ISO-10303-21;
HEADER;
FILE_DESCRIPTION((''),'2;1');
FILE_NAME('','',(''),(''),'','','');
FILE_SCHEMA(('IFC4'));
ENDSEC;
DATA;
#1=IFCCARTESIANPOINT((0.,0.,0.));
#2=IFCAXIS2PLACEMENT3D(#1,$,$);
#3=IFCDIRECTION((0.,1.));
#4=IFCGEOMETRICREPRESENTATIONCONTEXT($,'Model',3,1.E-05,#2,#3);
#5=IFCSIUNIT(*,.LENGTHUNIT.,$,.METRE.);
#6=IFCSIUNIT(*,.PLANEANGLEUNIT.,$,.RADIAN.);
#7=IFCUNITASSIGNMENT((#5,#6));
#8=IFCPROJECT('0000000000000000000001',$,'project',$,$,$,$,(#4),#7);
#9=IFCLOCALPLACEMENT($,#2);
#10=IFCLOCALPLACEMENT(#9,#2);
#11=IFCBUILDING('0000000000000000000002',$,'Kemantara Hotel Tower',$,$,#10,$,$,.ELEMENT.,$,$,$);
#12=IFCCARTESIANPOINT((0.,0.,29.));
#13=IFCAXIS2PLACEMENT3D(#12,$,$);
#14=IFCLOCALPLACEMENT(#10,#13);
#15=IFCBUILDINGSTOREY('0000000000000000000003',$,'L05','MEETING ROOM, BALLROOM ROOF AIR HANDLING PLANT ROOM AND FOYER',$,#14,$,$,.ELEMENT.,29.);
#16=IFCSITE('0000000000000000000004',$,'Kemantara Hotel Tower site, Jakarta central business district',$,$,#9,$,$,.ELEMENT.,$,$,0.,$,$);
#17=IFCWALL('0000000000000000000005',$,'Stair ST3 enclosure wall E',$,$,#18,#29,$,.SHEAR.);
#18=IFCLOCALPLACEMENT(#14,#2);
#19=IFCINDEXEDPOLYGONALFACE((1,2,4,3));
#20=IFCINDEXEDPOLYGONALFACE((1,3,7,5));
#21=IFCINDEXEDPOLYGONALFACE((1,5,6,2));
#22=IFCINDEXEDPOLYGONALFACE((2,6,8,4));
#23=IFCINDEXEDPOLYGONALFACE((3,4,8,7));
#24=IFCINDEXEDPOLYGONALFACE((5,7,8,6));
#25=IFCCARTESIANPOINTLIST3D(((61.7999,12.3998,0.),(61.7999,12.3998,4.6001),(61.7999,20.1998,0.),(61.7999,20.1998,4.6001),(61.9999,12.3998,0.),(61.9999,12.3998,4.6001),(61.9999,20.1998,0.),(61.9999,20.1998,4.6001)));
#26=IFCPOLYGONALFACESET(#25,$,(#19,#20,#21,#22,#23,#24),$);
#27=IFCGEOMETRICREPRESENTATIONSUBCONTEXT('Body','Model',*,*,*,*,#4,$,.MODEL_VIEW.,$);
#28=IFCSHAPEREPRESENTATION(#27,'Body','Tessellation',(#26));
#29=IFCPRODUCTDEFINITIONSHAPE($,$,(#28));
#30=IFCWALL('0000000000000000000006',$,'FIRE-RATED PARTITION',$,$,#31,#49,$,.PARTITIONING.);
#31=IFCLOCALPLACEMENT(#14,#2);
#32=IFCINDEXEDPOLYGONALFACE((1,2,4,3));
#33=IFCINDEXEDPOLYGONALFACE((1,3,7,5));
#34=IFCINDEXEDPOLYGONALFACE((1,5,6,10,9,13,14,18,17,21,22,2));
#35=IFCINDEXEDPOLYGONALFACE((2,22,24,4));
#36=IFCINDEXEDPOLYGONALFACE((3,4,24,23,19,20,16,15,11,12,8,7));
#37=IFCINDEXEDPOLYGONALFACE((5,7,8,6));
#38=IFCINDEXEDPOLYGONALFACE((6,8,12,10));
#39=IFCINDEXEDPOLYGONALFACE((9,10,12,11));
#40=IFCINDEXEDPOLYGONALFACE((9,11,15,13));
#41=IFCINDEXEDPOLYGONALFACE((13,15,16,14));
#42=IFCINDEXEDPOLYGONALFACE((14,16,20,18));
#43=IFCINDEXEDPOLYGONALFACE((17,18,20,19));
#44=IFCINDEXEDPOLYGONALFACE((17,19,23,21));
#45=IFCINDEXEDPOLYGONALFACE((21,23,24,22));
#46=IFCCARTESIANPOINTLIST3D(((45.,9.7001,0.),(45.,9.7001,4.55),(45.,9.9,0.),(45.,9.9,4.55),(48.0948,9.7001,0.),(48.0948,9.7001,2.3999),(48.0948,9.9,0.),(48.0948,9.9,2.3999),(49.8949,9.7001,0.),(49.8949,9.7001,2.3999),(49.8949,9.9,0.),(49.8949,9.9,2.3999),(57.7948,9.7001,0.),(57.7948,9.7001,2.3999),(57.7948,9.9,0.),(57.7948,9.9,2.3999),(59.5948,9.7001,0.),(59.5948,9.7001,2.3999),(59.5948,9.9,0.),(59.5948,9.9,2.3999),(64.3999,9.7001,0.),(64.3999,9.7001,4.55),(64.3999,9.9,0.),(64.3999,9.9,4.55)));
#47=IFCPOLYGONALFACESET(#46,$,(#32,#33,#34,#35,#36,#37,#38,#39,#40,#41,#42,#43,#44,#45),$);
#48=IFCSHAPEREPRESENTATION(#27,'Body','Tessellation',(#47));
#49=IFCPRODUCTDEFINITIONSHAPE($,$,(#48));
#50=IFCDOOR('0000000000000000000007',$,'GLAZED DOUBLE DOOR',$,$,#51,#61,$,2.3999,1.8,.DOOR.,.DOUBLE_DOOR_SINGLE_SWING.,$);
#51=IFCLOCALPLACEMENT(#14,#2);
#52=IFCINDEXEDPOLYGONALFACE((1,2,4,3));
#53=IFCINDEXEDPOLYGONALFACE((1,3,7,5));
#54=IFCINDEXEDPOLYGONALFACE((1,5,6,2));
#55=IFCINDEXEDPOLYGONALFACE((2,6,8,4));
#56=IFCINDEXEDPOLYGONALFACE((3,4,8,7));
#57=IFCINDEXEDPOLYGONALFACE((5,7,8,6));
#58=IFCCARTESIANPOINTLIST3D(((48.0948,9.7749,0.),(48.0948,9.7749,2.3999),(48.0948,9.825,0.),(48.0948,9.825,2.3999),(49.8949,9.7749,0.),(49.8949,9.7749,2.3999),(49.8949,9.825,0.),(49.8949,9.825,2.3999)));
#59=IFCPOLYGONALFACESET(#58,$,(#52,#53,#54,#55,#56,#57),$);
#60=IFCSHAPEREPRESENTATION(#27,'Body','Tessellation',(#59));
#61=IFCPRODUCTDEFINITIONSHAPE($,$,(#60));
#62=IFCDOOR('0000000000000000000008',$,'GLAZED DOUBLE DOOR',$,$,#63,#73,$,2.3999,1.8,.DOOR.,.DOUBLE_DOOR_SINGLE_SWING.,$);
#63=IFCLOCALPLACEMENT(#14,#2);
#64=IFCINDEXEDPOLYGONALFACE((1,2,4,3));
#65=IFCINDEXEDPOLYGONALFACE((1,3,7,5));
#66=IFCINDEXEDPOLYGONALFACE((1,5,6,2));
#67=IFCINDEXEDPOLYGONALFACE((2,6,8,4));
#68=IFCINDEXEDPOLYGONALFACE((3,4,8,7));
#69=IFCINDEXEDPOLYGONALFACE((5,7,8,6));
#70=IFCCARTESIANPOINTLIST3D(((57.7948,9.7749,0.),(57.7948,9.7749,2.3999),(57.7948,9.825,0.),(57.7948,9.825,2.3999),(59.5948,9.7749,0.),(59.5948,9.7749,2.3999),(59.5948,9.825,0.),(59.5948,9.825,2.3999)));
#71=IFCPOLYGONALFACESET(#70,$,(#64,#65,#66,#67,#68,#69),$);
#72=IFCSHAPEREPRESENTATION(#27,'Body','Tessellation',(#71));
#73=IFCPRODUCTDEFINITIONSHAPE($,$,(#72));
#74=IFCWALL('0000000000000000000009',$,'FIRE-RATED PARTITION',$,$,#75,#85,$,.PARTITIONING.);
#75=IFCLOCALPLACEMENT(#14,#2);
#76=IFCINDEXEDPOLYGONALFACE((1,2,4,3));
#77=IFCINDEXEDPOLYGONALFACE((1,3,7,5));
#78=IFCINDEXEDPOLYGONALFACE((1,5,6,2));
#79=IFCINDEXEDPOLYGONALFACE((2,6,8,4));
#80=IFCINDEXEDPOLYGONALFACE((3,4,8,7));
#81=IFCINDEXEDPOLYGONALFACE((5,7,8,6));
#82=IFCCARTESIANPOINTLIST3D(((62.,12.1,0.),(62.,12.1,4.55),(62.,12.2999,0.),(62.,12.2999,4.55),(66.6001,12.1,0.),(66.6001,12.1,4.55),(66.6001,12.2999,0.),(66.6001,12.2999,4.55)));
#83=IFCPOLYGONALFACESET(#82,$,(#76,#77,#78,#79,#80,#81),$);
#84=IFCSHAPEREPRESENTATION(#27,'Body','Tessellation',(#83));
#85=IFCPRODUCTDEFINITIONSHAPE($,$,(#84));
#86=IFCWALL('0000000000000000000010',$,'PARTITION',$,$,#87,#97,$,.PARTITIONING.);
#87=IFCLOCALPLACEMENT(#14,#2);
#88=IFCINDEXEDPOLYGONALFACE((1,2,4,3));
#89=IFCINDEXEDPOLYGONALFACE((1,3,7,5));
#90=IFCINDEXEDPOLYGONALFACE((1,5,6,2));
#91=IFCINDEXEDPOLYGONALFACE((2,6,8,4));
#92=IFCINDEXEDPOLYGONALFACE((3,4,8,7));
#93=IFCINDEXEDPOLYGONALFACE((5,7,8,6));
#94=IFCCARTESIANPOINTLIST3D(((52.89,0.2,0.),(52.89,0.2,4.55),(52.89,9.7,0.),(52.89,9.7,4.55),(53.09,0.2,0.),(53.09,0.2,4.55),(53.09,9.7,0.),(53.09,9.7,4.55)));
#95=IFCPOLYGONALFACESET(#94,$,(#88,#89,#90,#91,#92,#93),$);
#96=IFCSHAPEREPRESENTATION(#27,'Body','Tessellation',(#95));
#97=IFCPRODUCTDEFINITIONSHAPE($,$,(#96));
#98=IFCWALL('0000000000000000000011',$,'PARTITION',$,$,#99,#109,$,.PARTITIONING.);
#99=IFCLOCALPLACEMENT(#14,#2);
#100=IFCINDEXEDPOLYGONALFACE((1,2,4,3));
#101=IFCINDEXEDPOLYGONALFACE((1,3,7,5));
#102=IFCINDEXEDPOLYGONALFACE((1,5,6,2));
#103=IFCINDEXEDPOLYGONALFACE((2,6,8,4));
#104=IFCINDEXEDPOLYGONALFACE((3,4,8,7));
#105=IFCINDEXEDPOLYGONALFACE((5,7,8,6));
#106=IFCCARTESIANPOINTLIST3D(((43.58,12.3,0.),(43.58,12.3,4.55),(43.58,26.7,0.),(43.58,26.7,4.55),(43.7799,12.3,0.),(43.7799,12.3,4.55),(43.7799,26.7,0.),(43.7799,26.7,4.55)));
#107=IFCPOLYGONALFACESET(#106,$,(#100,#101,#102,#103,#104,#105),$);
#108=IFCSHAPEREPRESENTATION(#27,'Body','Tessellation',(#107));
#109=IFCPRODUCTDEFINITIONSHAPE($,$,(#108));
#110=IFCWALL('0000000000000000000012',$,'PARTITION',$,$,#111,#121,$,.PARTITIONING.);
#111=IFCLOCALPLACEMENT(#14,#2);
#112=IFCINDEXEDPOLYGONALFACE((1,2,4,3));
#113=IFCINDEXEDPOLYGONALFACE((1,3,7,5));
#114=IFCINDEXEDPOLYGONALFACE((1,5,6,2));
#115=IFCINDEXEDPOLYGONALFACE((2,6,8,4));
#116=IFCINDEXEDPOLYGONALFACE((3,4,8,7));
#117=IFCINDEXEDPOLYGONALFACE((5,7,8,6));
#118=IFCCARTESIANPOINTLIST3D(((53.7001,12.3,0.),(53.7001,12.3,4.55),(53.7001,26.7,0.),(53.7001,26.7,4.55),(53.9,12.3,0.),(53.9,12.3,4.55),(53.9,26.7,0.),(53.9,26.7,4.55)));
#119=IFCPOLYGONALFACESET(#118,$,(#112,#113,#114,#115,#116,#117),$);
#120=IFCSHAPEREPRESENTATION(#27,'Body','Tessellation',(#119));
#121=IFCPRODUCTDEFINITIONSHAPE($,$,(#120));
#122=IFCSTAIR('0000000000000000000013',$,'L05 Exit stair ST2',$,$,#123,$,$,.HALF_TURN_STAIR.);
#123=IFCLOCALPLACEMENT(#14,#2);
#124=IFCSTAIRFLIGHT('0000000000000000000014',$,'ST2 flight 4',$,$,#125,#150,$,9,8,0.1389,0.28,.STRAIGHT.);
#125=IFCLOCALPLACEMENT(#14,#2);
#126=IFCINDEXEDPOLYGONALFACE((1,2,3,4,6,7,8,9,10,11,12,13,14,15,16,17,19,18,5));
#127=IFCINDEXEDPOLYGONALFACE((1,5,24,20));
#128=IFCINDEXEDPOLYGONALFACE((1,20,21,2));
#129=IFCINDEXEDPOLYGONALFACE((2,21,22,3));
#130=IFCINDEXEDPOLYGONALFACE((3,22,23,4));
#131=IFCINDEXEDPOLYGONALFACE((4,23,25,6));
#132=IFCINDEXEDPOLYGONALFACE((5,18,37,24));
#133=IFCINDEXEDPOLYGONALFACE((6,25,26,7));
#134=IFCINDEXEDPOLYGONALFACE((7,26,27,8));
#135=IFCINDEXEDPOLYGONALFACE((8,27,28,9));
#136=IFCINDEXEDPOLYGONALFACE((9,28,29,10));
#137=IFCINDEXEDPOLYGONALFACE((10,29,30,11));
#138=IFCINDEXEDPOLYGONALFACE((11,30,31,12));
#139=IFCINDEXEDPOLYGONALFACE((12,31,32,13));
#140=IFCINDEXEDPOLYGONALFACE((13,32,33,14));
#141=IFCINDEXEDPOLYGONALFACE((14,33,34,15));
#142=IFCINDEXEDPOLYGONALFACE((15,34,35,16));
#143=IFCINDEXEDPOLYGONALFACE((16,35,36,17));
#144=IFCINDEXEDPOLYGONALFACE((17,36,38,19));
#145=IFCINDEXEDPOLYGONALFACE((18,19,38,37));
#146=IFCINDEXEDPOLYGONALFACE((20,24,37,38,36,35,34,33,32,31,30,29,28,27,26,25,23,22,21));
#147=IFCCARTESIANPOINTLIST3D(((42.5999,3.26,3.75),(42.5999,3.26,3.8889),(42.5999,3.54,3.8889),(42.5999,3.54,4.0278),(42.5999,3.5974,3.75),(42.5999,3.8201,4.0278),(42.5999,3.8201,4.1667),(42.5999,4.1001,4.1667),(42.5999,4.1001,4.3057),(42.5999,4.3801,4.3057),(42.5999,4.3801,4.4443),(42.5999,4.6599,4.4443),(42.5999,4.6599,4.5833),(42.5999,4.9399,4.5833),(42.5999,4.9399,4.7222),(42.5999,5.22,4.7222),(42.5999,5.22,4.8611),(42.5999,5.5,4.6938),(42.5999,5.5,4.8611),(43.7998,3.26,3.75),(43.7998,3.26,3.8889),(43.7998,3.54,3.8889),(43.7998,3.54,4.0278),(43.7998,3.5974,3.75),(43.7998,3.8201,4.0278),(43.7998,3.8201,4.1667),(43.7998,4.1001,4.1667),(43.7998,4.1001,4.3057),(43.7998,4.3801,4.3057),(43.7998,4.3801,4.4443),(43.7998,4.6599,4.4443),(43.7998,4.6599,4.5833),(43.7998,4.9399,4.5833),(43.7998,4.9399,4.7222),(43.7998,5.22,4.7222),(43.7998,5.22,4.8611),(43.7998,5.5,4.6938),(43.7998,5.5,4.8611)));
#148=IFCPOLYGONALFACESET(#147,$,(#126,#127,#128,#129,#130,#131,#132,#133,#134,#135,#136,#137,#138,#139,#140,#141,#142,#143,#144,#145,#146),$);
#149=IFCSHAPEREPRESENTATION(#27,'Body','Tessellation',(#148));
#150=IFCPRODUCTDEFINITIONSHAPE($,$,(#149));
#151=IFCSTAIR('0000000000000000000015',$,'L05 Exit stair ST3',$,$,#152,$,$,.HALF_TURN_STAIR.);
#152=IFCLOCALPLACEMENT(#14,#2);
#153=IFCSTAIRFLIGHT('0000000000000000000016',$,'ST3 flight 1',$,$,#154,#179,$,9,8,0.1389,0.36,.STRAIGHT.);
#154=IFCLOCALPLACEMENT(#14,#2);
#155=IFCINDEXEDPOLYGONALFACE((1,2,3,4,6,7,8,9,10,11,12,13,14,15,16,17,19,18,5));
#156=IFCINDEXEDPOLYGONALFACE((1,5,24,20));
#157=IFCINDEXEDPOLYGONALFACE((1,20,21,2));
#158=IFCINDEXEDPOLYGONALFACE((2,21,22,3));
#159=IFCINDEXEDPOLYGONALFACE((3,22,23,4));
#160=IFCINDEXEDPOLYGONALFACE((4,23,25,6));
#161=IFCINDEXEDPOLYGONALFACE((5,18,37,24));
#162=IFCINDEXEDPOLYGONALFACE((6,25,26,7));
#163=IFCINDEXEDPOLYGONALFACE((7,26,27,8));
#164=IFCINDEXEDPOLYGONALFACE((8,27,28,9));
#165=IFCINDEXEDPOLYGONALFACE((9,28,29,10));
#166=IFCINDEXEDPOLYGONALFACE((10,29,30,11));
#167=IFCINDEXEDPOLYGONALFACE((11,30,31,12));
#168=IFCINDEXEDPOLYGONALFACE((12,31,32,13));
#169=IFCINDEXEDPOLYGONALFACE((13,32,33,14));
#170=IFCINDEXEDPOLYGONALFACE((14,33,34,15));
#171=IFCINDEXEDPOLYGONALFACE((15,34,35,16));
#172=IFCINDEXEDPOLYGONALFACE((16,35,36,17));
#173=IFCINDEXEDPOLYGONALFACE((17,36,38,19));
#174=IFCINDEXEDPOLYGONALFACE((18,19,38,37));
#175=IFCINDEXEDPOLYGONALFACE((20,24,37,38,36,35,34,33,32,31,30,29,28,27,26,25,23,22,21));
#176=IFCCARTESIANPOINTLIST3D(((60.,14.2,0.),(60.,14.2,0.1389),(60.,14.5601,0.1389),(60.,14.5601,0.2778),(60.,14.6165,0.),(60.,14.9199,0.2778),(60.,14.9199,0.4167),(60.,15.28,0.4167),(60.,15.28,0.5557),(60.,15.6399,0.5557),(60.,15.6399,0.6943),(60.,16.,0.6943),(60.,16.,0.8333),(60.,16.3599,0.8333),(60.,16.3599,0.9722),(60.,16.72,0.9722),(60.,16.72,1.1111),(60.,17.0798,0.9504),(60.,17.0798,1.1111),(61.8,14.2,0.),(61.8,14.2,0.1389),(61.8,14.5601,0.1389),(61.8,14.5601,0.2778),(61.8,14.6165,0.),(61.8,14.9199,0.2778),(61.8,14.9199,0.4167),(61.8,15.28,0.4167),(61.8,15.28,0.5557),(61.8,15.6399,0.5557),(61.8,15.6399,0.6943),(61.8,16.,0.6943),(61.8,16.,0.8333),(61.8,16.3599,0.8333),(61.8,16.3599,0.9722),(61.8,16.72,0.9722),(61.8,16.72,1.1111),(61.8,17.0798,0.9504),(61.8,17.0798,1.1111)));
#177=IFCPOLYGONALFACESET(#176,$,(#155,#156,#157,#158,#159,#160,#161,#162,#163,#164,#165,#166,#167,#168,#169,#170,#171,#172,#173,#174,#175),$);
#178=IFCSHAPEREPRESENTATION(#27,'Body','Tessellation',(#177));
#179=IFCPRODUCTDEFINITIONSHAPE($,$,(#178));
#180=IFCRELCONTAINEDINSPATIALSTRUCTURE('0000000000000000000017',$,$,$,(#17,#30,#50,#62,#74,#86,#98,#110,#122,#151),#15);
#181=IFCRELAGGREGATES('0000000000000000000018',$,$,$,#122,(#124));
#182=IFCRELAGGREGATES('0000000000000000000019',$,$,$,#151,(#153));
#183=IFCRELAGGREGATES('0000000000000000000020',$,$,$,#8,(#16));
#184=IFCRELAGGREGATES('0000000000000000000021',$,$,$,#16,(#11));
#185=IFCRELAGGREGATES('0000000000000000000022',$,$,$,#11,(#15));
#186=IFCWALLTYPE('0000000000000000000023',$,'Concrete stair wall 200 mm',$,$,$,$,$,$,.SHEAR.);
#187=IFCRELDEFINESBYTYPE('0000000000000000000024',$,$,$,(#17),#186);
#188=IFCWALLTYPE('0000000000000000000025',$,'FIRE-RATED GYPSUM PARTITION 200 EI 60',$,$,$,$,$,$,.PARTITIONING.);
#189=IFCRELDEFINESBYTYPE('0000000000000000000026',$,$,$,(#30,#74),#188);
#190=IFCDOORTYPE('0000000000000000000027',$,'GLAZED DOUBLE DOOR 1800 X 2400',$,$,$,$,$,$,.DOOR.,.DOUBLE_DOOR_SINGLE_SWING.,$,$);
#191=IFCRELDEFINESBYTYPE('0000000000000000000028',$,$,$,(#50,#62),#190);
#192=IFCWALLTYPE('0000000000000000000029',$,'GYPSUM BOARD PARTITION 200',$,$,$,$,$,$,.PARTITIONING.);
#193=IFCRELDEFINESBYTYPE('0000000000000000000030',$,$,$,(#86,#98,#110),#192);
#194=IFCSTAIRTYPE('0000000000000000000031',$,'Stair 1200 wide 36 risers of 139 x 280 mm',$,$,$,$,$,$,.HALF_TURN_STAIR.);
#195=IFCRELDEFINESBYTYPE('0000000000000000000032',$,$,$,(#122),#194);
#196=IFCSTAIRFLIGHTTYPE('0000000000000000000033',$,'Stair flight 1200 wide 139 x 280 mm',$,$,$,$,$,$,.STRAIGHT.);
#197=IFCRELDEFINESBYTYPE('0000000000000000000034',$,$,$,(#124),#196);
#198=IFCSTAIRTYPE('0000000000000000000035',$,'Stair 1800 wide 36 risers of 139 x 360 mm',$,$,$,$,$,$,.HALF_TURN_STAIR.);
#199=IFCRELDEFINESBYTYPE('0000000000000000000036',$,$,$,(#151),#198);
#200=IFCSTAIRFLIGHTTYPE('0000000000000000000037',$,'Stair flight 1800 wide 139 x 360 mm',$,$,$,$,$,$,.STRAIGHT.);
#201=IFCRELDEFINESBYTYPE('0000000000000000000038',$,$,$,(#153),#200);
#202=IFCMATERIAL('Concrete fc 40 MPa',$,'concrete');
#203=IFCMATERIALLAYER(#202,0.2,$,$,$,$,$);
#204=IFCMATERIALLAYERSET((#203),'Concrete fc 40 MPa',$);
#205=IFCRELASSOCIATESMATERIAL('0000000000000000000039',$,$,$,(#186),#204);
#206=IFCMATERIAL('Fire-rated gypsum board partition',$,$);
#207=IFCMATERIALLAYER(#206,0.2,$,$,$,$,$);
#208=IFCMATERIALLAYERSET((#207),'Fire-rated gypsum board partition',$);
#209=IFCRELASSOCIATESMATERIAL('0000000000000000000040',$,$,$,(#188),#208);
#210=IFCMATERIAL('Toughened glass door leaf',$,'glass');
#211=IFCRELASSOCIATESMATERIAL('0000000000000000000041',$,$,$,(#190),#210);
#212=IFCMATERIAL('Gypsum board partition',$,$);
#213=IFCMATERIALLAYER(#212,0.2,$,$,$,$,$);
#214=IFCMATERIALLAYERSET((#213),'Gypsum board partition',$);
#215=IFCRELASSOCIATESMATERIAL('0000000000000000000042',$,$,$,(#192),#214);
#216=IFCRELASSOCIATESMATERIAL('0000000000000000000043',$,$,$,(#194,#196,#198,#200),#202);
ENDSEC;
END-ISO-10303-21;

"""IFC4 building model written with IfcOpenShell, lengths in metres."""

from ifc_helpers import new_model, si_unit, direction, frame, frame_2d, origin, place, context, subcontext, project, spatial, polyline, rectangle, outline, extrude, material, layer, layer_set, type_object, element, fill, aggregate, save


model = new_model("IFC4")

# Units and contexts
model_context = context("Model", 3, precision=1e-05, world=origin(), true_north=direction((0.0, 1.0)))
body_context = subcontext(model_context, "Body", "Model", "MODEL_VIEW")
ifc_project = project(units=[si_unit("LENGTHUNIT", "METRE"), si_unit("PLANEANGLEUNIT", "RADIAN")], contexts=[model_context])

# Site, building, storey
site_placement = place(None, origin())
site = spatial("IfcSite", under=ifc_project, at=site_placement, Name="Kemantara Hotel Tower site, Jakarta central business district", CompositionType="ELEMENT", RefElevation=0.0)
building_placement = place(site_placement, origin())
building = spatial("IfcBuilding", under=site, at=building_placement, Name="Kemantara Hotel Tower", CompositionType="ELEMENT")
storey_placement = place(building_placement, frame((0.0, 0.0, 29.0)))
storey = spatial("IfcBuildingStorey", under=building, at=storey_placement, Name="L05", Description="MEETING ROOM, BALLROOM ROOF AIR HANDLING PLANT ROOM AND FOYER", CompositionType="ELEMENT", Elevation=29.0)

# Shared definitions
ifc_material_1 = material(Name="Concrete fc 40 MPa", Category="concrete")
ifc_layer_1 = layer(ifc_material_1, 0.2)
ifc_layer_set_1 = layer_set([ifc_layer_1], Name="Concrete fc 40 MPa")
wall_type_1 = type_object("IfcWallType", Name="Concrete stair wall 200 mm", PredefinedType="SHEAR", material=ifc_layer_set_1)

# Wall
wall_1_placement = place(storey_placement, frame((61.8999, 12.3999, 0.0), z_axis=(0.0, 0.0, 1.0), x_axis=(0.0, 1.0, 0.0)))
element("IfcWall", 1, at=wall_1_placement, inside=storey, type_object=wall_type_1, Name="Stair ST3 enclosure wall E", PredefinedType="SHEAR", context=body_context, shape_type="SweptSolid", body=[
    extrude(rectangle(XDim=7.8, YDim=0.2, at=frame_2d((3.8999, 0.0))), origin(), (0.0, 0.0, 1.0), 4.6001),
])

# Wall, openings, doors
ifc_material_2 = material(Name="Fire-rated gypsum board partition")
ifc_layer_2 = layer(ifc_material_2, 0.2)
ifc_layer_set_2 = layer_set([ifc_layer_2], Name="Fire-rated gypsum board partition")
wall_type_2 = type_object("IfcWallType", Name="FIRE-RATED GYPSUM PARTITION 200 EI 60", PredefinedType="PARTITIONING", material=ifc_layer_set_2)
wall_2_placement = place(storey_placement, frame((45.0, 9.8, 0.0), z_axis=(0.0, 0.0, 1.0), x_axis=(1.0, 0.0, 0.0)))
wall_2 = element("IfcWall", 2, at=wall_2_placement, inside=storey, type_object=wall_type_2, Name="FIRE-RATED PARTITION", PredefinedType="PARTITIONING", context=body_context, shape_type="SweptSolid", body=[
    extrude(rectangle(XDim=19.3999, YDim=0.2, at=frame_2d((9.7, 0.0))), origin(), (0.0, 0.0, 1.0), 4.55),
])
opening_1_placement = place(wall_2_placement, frame((3.095, 0.0, 0.0)))
opening_1 = element("IfcOpeningElement", 3, at=opening_1_placement, cuts=wall_2, PredefinedType="OPENING", context=body_context, shape_type="SweptSolid", body=[
    extrude(rectangle(XDim=1.8, YDim=2.3999, at=frame_2d((0.8999, 1.2))), frame((0.0, 0.1099, 0.0), z_axis=(0.0, -1.0, 0.0), x_axis=(1.0, 0.0, 0.0)), (0.0, 0.0, 1.0), 0.22),
])
opening_2_placement = place(wall_2_placement, frame((12.7949, 0.0, 0.0)))
opening_2 = element("IfcOpeningElement", 4, at=opening_2_placement, cuts=wall_2, PredefinedType="OPENING", context=body_context, shape_type="SweptSolid", body=[
    extrude(rectangle(XDim=1.8, YDim=2.3999, at=frame_2d((0.8999, 1.2))), frame((0.0, 0.1099, 0.0), z_axis=(0.0, -1.0, 0.0), x_axis=(1.0, 0.0, 0.0)), (0.0, 0.0, 1.0), 0.22),
])
ifc_material_3 = material(Name="Toughened glass door leaf", Category="glass")
door_type_1 = type_object("IfcDoorType", Name="GLAZED DOUBLE DOOR 1800 X 2400", OperationType="DOUBLE_DOOR_SINGLE_SWING", PredefinedType="DOOR", material=ifc_material_3)
door_1_placement = place(opening_1_placement, origin())
door_1 = element("IfcDoor", 5, at=door_1_placement, inside=storey, type_object=door_type_1, Name="GLAZED DOUBLE DOOR", OperationType="DOUBLE_DOOR_SINGLE_SWING", OverallHeight=2.3999, OverallWidth=1.8, PredefinedType="DOOR", context=body_context, shape_type="SweptSolid", body=[
    extrude(rectangle(XDim=1.8, YDim=2.3999, at=frame_2d((0.8999, 1.2))), frame((0.0, 0.0249, 0.0), z_axis=(0.0, -1.0, 0.0), x_axis=(1.0, 0.0, 0.0)), (0.0, 0.0, 1.0), 0.05),
])
fill(opening_1, door_1)
door_2_placement = place(opening_2_placement, origin())
door_2 = element("IfcDoor", 6, at=door_2_placement, inside=storey, type_object=door_type_1, Name="GLAZED DOUBLE DOOR", OperationType="DOUBLE_DOOR_SINGLE_SWING", OverallHeight=2.3999, OverallWidth=1.8, PredefinedType="DOOR", context=body_context, shape_type="SweptSolid", body=[
    extrude(rectangle(XDim=1.8, YDim=2.3999, at=frame_2d((0.8999, 1.2))), frame((0.0, 0.0249, 0.0), z_axis=(0.0, -1.0, 0.0), x_axis=(1.0, 0.0, 0.0)), (0.0, 0.0, 1.0), 0.05),
])
fill(opening_2, door_2)

# Walls
wall_3_placement = place(storey_placement, frame((62.0, 12.2, 0.0), z_axis=(0.0, 0.0, 1.0), x_axis=(1.0, 0.0, 0.0)))
element("IfcWall", 7, at=wall_3_placement, inside=storey, type_object=wall_type_2, Name="FIRE-RATED PARTITION", PredefinedType="PARTITIONING", context=body_context, shape_type="SweptSolid", body=[
    extrude(rectangle(XDim=4.6001, YDim=0.2, at=frame_2d((2.3, 0.0))), origin(), (0.0, 0.0, 1.0), 4.55),
])
ifc_material_4 = material(Name="Gypsum board partition")
ifc_layer_3 = layer(ifc_material_4, 0.2)
ifc_layer_set_3 = layer_set([ifc_layer_3], Name="Gypsum board partition")
wall_type_3 = type_object("IfcWallType", Name="GYPSUM BOARD PARTITION 200", PredefinedType="PARTITIONING", material=ifc_layer_set_3)
wall_4_placement = place(storey_placement, frame((52.99, 0.2, 0.0), z_axis=(0.0, 0.0, 1.0), x_axis=(0.0, 1.0, 0.0)))
element("IfcWall", 8, at=wall_4_placement, inside=storey, type_object=wall_type_3, Name="PARTITION", PredefinedType="PARTITIONING", context=body_context, shape_type="SweptSolid", body=[
    extrude(rectangle(XDim=9.5, YDim=0.2, at=frame_2d((4.75, 0.0))), origin(), (0.0, 0.0, 1.0), 4.55),
])
for number, where, z_axis, x_axis, name in (
    (9, (43.6799, 12.3, 0.0), (0.0, 0.0, 1.0), (0.0, 1.0, 0.0), "PARTITION"),
    (10, (53.8, 12.3, 0.0), (0.0, 0.0, 1.0), (0.0, 1.0, 0.0), "PARTITION"),
):
    element("IfcWall", number, at=place(storey_placement, frame(where, z_axis=z_axis, x_axis=x_axis)), inside=storey, type_object=wall_type_3, Name=name, PredefinedType="PARTITIONING", context=body_context, shape_type="SweptSolid", body=[
        extrude(rectangle(XDim=14.3999, YDim=0.2, at=frame_2d((7.2, 0.0))), origin(), (0.0, 0.0, 1.0), 4.55),
    ])

# Stair, stair flight
stair_type_1 = type_object("IfcStairType", Name="Stair 1200 wide 36 risers of 139 x 280 mm", PredefinedType="HALF_TURN_STAIR", material=ifc_material_1)
stair_1_placement = place(storey_placement, origin())
stair_1 = element("IfcStair", 11, at=stair_1_placement, inside=storey, type_object=stair_type_1, Name="L05 Exit stair ST2", PredefinedType="HALF_TURN_STAIR")
stair_flight_type_1 = type_object("IfcStairFlightType", Name="Stair flight 1200 wide 139 x 280 mm", PredefinedType="STRAIGHT", material=ifc_material_1)
stair_flight_1_placement = place(storey_placement, frame((43.2, 3.26, 3.75), z_axis=(0.0, 0.0, 1.0), x_axis=(0.0, 1.0, 0.0)))
stair_flight_1 = element("IfcStairFlight", 12, at=stair_flight_1_placement, type_object=stair_flight_type_1, Name="ST2 flight 4", NumberOfRisers=9, NumberOfTreads=8, PredefinedType="STRAIGHT", RiserHeight=0.1389, TreadLength=0.28, context=body_context, shape_type="SweptSolid", body=[
    extrude(outline(polyline([(0.0, 0.0), (0.0, 0.1389), (0.28, 0.1389), (0.28, 0.2778), (0.5601, 0.2778), (0.5601, 0.4167), (0.8401, 0.4167), (0.8401, 0.5557), (1.1201, 0.5557), (1.1201, 0.6943), (1.3999, 0.6943), (1.3999, 0.8333), (1.6799, 0.8333), (1.6799, 0.9722), (1.96, 0.9722), (1.96, 1.1111), (2.24, 1.1111), (2.24, 1.25), (2.24, 0.9438), (0.3374, 0.0), (0.0, 0.0)])), frame((0.0, 0.6001, 0.0), z_axis=(0.0, -1.0, 0.0), x_axis=(1.0, 0.0, 0.0)), (0.0, 0.0, 1.0), 1.2),
])
aggregate(stair_1, [stair_flight_1])

# Stair, stair flight
stair_type_2 = type_object("IfcStairType", Name="Stair 1800 wide 36 risers of 139 x 360 mm", PredefinedType="HALF_TURN_STAIR", material=ifc_material_1)
stair_2_placement = place(storey_placement, origin())
stair_2 = element("IfcStair", 13, at=stair_2_placement, inside=storey, type_object=stair_type_2, Name="L05 Exit stair ST3", PredefinedType="HALF_TURN_STAIR")
stair_flight_type_2 = type_object("IfcStairFlightType", Name="Stair flight 1800 wide 139 x 360 mm", PredefinedType="STRAIGHT", material=ifc_material_1)
stair_flight_2_placement = place(storey_placement, frame((60.8999, 14.2, 0.0), z_axis=(0.0, 0.0, 1.0), x_axis=(0.0, 1.0, 0.0)))
stair_flight_2 = element("IfcStairFlight", 14, at=stair_flight_2_placement, type_object=stair_flight_type_2, Name="ST3 flight 1", NumberOfRisers=9, NumberOfTreads=8, PredefinedType="STRAIGHT", RiserHeight=0.1389, TreadLength=0.36, context=body_context, shape_type="SweptSolid", body=[
    extrude(outline(polyline([(0.0, 0.0), (0.0, 0.1389), (0.3601, 0.1389), (0.3601, 0.2778), (0.72, 0.2778), (0.72, 0.4167), (1.0801, 0.4167), (1.0801, 0.5557), (1.4399, 0.5557), (1.4399, 0.6943), (1.8, 0.6943), (1.8, 0.8333), (2.1599, 0.8333), (2.1599, 0.9722), (2.52, 0.9722), (2.52, 1.1111), (2.8799, 1.1111), (2.8799, 1.25), (2.8799, 0.9504), (0.4165, 0.0), (0.0, 0.0)])), frame((0.0, 0.8999, 0.0), z_axis=(0.0, -1.0, 0.0), x_axis=(1.0, 0.0, 0.0)), (0.0, 0.0, 1.0), 1.8),
])
aggregate(stair_2, [stair_flight_2])

save(model, "model.ifc")
